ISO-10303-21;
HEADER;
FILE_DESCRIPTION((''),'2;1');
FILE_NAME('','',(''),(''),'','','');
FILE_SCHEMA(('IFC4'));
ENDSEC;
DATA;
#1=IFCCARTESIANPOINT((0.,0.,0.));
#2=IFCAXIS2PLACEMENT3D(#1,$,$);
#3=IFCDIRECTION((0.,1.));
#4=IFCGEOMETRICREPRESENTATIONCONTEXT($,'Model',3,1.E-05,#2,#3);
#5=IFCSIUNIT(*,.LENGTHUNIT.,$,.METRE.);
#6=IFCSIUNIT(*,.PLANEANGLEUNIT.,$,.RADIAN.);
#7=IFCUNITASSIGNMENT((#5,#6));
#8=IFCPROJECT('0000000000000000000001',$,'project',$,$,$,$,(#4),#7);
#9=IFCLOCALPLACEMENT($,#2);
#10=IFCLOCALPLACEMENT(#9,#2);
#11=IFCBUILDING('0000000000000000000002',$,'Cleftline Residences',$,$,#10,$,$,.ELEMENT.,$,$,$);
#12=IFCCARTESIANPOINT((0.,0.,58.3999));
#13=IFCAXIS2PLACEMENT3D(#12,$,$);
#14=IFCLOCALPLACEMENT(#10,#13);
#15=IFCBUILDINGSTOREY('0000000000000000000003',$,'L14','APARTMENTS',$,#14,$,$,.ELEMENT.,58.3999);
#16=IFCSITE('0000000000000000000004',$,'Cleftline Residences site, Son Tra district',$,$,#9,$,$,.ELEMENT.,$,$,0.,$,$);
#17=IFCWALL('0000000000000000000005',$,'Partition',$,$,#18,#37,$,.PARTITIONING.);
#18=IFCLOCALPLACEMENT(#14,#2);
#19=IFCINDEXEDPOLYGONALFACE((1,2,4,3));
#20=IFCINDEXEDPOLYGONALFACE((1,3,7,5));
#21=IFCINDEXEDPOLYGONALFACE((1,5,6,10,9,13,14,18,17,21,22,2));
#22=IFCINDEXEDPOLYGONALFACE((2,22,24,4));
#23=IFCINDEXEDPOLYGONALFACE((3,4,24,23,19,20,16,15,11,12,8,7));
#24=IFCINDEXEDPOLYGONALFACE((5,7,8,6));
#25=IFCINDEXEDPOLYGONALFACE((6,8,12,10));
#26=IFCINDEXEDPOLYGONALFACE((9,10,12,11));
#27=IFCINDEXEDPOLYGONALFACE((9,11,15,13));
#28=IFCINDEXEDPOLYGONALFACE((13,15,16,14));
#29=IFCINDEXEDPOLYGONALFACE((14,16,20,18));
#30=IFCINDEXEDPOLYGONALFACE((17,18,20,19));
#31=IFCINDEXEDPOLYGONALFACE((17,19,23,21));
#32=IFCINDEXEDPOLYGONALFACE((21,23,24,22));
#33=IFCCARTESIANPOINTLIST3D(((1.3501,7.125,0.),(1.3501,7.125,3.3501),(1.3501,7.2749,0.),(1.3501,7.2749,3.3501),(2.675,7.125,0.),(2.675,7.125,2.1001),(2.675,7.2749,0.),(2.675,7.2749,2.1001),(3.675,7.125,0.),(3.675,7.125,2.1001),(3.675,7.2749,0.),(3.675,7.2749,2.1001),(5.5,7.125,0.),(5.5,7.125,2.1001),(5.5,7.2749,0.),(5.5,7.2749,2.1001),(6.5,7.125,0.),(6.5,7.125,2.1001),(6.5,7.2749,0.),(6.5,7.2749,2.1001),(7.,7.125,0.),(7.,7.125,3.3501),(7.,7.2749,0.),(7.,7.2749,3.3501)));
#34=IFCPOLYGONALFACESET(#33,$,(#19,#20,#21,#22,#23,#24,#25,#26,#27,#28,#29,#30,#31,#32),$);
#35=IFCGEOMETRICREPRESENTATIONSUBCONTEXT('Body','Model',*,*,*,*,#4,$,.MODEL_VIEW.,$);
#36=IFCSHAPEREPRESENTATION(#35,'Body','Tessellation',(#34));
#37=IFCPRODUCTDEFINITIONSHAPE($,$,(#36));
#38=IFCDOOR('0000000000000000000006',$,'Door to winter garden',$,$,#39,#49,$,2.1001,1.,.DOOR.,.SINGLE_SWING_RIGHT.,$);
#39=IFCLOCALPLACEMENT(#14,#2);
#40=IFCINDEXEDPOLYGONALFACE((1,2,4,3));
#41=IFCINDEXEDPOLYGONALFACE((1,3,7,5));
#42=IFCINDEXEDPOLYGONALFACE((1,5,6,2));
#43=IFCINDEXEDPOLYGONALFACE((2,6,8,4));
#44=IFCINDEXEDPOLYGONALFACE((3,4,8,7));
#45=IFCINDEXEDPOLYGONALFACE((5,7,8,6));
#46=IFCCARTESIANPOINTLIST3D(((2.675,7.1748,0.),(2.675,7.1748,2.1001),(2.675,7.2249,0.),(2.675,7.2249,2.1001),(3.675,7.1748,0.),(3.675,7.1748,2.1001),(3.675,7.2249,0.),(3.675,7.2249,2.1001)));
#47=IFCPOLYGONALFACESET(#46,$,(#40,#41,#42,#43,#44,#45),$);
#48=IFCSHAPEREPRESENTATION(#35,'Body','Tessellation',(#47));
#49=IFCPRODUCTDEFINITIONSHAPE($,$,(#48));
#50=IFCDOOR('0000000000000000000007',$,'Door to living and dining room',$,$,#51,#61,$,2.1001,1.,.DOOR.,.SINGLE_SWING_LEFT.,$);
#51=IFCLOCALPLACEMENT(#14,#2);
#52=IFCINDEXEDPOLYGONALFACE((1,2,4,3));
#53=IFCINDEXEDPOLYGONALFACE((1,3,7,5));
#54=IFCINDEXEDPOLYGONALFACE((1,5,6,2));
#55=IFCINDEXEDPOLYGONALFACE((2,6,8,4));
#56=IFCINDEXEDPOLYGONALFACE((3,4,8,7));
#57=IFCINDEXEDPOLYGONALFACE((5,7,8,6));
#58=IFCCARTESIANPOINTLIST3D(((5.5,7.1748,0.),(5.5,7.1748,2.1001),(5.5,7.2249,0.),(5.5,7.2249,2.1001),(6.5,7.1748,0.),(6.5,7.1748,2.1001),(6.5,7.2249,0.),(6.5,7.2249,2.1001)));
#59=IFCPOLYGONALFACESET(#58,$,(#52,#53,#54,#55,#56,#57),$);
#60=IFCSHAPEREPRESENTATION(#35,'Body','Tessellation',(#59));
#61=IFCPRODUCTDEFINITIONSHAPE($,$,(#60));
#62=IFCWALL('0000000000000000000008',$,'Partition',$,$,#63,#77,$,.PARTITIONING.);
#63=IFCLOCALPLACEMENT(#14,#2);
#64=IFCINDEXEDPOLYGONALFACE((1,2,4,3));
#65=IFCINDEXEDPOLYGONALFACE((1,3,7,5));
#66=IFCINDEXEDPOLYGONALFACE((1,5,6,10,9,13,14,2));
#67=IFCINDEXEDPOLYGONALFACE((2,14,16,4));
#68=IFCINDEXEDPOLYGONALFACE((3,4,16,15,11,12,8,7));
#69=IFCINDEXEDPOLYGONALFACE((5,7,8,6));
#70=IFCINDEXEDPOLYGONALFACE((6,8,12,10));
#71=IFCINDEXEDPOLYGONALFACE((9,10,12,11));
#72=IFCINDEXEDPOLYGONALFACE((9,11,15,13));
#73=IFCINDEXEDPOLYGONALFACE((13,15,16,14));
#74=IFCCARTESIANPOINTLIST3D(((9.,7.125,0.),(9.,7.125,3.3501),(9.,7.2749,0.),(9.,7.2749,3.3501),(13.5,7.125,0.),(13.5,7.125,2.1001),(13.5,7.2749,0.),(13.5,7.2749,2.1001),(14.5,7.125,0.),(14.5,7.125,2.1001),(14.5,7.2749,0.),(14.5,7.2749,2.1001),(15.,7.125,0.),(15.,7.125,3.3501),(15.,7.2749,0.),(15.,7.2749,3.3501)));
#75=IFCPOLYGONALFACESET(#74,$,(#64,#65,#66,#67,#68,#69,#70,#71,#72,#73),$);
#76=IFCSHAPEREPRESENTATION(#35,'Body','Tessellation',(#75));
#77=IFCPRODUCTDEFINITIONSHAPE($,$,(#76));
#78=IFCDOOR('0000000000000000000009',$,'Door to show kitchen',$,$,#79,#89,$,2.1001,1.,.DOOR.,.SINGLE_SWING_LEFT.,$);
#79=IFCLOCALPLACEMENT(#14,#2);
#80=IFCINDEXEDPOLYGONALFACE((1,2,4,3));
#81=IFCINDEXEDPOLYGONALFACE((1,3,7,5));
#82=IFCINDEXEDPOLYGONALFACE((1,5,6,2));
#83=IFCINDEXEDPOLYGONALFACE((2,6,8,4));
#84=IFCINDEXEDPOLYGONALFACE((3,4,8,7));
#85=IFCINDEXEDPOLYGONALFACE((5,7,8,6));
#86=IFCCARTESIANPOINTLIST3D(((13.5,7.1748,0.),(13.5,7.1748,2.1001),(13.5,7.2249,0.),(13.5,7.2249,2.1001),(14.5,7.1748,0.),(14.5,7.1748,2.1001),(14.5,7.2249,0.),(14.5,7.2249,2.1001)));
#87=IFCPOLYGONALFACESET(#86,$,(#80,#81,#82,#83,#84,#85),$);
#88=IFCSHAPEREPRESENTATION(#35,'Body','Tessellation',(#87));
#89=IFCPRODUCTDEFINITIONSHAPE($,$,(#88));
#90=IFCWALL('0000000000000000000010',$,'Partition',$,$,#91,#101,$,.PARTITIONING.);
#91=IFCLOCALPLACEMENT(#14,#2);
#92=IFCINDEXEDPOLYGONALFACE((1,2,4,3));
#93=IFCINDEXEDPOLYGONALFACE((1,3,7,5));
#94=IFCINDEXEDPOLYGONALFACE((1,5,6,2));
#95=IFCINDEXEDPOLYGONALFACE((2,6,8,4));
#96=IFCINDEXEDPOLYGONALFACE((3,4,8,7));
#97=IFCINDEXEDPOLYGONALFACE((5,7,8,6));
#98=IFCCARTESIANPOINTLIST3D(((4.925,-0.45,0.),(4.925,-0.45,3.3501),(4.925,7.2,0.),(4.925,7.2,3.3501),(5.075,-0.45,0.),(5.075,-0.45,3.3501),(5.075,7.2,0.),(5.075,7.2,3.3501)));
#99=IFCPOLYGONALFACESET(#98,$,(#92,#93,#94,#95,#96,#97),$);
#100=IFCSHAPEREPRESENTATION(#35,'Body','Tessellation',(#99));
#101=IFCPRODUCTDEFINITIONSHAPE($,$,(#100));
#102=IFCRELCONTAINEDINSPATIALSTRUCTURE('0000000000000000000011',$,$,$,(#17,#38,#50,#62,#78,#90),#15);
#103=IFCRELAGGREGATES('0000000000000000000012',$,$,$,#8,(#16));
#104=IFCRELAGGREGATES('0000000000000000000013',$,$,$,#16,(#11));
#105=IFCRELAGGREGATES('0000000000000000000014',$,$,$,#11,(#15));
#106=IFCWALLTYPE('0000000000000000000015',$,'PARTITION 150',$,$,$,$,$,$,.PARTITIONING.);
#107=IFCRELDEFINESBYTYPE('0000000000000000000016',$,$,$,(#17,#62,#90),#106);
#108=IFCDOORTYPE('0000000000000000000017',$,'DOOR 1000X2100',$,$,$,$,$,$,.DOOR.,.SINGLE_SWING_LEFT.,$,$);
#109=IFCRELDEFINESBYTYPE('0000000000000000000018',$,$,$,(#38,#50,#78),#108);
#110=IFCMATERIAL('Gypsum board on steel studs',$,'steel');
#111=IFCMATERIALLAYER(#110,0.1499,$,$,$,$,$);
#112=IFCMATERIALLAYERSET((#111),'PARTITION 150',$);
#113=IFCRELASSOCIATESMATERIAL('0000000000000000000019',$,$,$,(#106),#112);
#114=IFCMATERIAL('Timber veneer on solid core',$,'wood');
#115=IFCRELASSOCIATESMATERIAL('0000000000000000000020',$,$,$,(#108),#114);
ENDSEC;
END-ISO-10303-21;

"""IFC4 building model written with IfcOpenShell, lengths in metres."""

from ifc_helpers import new_model, si_unit, direction, frame, frame_2d, origin, place, context, subcontext, project, spatial, rectangle, extrude, material, layer, layer_set, type_object, element, fill, save


model = new_model("IFC4")

# Units and contexts
model_context = context("Model", 3, precision=1e-05, world=origin(), true_north=direction((0.0, 1.0)))
body_context = subcontext(model_context, "Body", "Model", "MODEL_VIEW")
ifc_project = project(units=[si_unit("LENGTHUNIT", "METRE"), si_unit("PLANEANGLEUNIT", "RADIAN")], contexts=[model_context])

# Site, building, storey
site_placement = place(None, origin())
site = spatial("IfcSite", under=ifc_project, at=site_placement, Name="Cleftline Residences site, Son Tra district", CompositionType="ELEMENT", RefElevation=0.0)
building_placement = place(site_placement, origin())
building = spatial("IfcBuilding", under=site, at=building_placement, Name="Cleftline Residences", CompositionType="ELEMENT")
storey_placement = place(building_placement, frame((0.0, 0.0, 58.3999)))
storey = spatial("IfcBuildingStorey", under=building, at=storey_placement, Name="L14", Description="APARTMENTS", CompositionType="ELEMENT", Elevation=58.3999)

# Wall, openings, doors
ifc_material_1 = material(Name="Gypsum board on steel studs", Category="steel")
ifc_layer_1 = layer(ifc_material_1, 0.1499)
ifc_layer_set_1 = layer_set([ifc_layer_1], Name="PARTITION 150")
wall_type_1 = type_object("IfcWallType", Name="PARTITION 150", PredefinedType="PARTITIONING", material=ifc_layer_set_1)
wall_1_placement = place(storey_placement, frame((1.3501, 7.2, 0.0), z_axis=(0.0, 0.0, 1.0), x_axis=(1.0, 0.0, 0.0)))
wall_1 = element("IfcWall", 1, at=wall_1_placement, inside=storey, type_object=wall_type_1, Name="Partition", PredefinedType="PARTITIONING", context=body_context, shape_type="SweptSolid", body=[
    extrude(rectangle(XDim=5.6499, YDim=0.1499, at=frame_2d((2.825, 0.0))), origin(), (0.0, 0.0, 1.0), 3.3501),
])
opening_1_placement = place(wall_1_placement, frame((1.325, 0.0, 0.0)))
opening_1 = element("IfcOpeningElement", 2, at=opening_1_placement, cuts=wall_1, PredefinedType="OPENING", context=body_context, shape_type="SweptSolid", body=[
    extrude(rectangle(XDim=1.0, YDim=2.1001, at=frame_2d((0.5, 1.05))), frame((0.0, 0.085, 0.0), z_axis=(0.0, -1.0, 0.0), x_axis=(1.0, 0.0, 0.0)), (0.0, 0.0, 1.0), 0.1699),
])
opening_2_placement = place(wall_1_placement, frame((4.1499, 0.0, 0.0)))
opening_2 = element("IfcOpeningElement", 3, at=opening_2_placement, cuts=wall_1, PredefinedType="OPENING", context=body_context, shape_type="SweptSolid", body=[
    extrude(rectangle(XDim=1.0, YDim=2.1001, at=frame_2d((0.5, 1.05))), frame((0.0, 0.085, 0.0), z_axis=(0.0, -1.0, 0.0), x_axis=(1.0, 0.0, 0.0)), (0.0, 0.0, 1.0), 0.1699),
])
ifc_material_2 = material(Name="Timber veneer on solid core", Category="wood")
door_type = type_object("IfcDoorType", Name="DOOR 1000X2100", OperationType="SINGLE_SWING_LEFT", PredefinedType="DOOR", material=ifc_material_2)
door_1_placement = place(opening_1_placement, origin())
door_1 = element("IfcDoor", 4, at=door_1_placement, inside=storey, type_object=door_type, Name="Door to winter garden", OperationType="SINGLE_SWING_RIGHT", OverallHeight=2.1001, OverallWidth=1.0, PredefinedType="DOOR", context=body_context, shape_type="SweptSolid", body=[
    extrude(rectangle(XDim=1.0, YDim=2.1001, at=frame_2d((0.5, 1.05))), frame((0.0, 0.0249, 0.0), z_axis=(0.0, -1.0, 0.0), x_axis=(1.0, 0.0, 0.0)), (0.0, 0.0, 1.0), 0.05),
])
fill(opening_1, door_1)
door_2_placement = place(opening_2_placement, origin())
door_2 = element("IfcDoor", 5, at=door_2_placement, inside=storey, type_object=door_type, Name="Door to living and dining room", OperationType="SINGLE_SWING_LEFT", OverallHeight=2.1001, OverallWidth=1.0, PredefinedType="DOOR", context=body_context, shape_type="SweptSolid", body=[
    extrude(rectangle(XDim=1.0, YDim=2.1001, at=frame_2d((0.5, 1.05))), frame((0.0, 0.0249, 0.0), z_axis=(0.0, -1.0, 0.0), x_axis=(1.0, 0.0, 0.0)), (0.0, 0.0, 1.0), 0.05),
])
fill(opening_2, door_2)

# Wall, opening, door
wall_2_placement = place(storey_placement, frame((9.0, 7.2, 0.0), z_axis=(0.0, 0.0, 1.0), x_axis=(1.0, 0.0, 0.0)))
wall_2 = element("IfcWall", 6, at=wall_2_placement, inside=storey, type_object=wall_type_1, Name="Partition", PredefinedType="PARTITIONING", context=body_context, shape_type="SweptSolid", body=[
    extrude(rectangle(XDim=6.0, YDim=0.1499, at=frame_2d((3.0, 0.0))), origin(), (0.0, 0.0, 1.0), 3.3501),
])
opening_3_placement = place(wall_2_placement, frame((4.5, 0.0, 0.0)))
opening_3 = element("IfcOpeningElement", 7, at=opening_3_placement, cuts=wall_2, PredefinedType="OPENING", context=body_context, shape_type="SweptSolid", body=[
    extrude(rectangle(XDim=1.0, YDim=2.1001, at=frame_2d((0.5, 1.05))), frame((0.0, 0.085, 0.0), z_axis=(0.0, -1.0, 0.0), x_axis=(1.0, 0.0, 0.0)), (0.0, 0.0, 1.0), 0.1699),
])
door_3_placement = place(opening_3_placement, origin())
door_3 = element("IfcDoor", 8, at=door_3_placement, inside=storey, type_object=door_type, Name="Door to show kitchen", OperationType="SINGLE_SWING_LEFT", OverallHeight=2.1001, OverallWidth=1.0, PredefinedType="DOOR", context=body_context, shape_type="SweptSolid", body=[
    extrude(rectangle(XDim=1.0, YDim=2.1001, at=frame_2d((0.5, 1.05))), frame((0.0, 0.0249, 0.0), z_axis=(0.0, -1.0, 0.0), x_axis=(1.0, 0.0, 0.0)), (0.0, 0.0, 1.0), 0.05),
])
fill(opening_3, door_3)

# Wall
wall_3_placement = place(storey_placement, frame((5.0, -0.45, 0.0), z_axis=(0.0, 0.0, 1.0), x_axis=(0.0, 1.0, 0.0)))
element("IfcWall", 9, at=wall_3_placement, inside=storey, type_object=wall_type_1, Name="Partition", PredefinedType="PARTITIONING", context=body_context, shape_type="SweptSolid", body=[
    extrude(rectangle(XDim=7.6499, YDim=0.1499, at=frame_2d((3.825, 0.0))), origin(), (0.0, 0.0, 1.0), 3.3501),
])

save(model, "model.ifc")
